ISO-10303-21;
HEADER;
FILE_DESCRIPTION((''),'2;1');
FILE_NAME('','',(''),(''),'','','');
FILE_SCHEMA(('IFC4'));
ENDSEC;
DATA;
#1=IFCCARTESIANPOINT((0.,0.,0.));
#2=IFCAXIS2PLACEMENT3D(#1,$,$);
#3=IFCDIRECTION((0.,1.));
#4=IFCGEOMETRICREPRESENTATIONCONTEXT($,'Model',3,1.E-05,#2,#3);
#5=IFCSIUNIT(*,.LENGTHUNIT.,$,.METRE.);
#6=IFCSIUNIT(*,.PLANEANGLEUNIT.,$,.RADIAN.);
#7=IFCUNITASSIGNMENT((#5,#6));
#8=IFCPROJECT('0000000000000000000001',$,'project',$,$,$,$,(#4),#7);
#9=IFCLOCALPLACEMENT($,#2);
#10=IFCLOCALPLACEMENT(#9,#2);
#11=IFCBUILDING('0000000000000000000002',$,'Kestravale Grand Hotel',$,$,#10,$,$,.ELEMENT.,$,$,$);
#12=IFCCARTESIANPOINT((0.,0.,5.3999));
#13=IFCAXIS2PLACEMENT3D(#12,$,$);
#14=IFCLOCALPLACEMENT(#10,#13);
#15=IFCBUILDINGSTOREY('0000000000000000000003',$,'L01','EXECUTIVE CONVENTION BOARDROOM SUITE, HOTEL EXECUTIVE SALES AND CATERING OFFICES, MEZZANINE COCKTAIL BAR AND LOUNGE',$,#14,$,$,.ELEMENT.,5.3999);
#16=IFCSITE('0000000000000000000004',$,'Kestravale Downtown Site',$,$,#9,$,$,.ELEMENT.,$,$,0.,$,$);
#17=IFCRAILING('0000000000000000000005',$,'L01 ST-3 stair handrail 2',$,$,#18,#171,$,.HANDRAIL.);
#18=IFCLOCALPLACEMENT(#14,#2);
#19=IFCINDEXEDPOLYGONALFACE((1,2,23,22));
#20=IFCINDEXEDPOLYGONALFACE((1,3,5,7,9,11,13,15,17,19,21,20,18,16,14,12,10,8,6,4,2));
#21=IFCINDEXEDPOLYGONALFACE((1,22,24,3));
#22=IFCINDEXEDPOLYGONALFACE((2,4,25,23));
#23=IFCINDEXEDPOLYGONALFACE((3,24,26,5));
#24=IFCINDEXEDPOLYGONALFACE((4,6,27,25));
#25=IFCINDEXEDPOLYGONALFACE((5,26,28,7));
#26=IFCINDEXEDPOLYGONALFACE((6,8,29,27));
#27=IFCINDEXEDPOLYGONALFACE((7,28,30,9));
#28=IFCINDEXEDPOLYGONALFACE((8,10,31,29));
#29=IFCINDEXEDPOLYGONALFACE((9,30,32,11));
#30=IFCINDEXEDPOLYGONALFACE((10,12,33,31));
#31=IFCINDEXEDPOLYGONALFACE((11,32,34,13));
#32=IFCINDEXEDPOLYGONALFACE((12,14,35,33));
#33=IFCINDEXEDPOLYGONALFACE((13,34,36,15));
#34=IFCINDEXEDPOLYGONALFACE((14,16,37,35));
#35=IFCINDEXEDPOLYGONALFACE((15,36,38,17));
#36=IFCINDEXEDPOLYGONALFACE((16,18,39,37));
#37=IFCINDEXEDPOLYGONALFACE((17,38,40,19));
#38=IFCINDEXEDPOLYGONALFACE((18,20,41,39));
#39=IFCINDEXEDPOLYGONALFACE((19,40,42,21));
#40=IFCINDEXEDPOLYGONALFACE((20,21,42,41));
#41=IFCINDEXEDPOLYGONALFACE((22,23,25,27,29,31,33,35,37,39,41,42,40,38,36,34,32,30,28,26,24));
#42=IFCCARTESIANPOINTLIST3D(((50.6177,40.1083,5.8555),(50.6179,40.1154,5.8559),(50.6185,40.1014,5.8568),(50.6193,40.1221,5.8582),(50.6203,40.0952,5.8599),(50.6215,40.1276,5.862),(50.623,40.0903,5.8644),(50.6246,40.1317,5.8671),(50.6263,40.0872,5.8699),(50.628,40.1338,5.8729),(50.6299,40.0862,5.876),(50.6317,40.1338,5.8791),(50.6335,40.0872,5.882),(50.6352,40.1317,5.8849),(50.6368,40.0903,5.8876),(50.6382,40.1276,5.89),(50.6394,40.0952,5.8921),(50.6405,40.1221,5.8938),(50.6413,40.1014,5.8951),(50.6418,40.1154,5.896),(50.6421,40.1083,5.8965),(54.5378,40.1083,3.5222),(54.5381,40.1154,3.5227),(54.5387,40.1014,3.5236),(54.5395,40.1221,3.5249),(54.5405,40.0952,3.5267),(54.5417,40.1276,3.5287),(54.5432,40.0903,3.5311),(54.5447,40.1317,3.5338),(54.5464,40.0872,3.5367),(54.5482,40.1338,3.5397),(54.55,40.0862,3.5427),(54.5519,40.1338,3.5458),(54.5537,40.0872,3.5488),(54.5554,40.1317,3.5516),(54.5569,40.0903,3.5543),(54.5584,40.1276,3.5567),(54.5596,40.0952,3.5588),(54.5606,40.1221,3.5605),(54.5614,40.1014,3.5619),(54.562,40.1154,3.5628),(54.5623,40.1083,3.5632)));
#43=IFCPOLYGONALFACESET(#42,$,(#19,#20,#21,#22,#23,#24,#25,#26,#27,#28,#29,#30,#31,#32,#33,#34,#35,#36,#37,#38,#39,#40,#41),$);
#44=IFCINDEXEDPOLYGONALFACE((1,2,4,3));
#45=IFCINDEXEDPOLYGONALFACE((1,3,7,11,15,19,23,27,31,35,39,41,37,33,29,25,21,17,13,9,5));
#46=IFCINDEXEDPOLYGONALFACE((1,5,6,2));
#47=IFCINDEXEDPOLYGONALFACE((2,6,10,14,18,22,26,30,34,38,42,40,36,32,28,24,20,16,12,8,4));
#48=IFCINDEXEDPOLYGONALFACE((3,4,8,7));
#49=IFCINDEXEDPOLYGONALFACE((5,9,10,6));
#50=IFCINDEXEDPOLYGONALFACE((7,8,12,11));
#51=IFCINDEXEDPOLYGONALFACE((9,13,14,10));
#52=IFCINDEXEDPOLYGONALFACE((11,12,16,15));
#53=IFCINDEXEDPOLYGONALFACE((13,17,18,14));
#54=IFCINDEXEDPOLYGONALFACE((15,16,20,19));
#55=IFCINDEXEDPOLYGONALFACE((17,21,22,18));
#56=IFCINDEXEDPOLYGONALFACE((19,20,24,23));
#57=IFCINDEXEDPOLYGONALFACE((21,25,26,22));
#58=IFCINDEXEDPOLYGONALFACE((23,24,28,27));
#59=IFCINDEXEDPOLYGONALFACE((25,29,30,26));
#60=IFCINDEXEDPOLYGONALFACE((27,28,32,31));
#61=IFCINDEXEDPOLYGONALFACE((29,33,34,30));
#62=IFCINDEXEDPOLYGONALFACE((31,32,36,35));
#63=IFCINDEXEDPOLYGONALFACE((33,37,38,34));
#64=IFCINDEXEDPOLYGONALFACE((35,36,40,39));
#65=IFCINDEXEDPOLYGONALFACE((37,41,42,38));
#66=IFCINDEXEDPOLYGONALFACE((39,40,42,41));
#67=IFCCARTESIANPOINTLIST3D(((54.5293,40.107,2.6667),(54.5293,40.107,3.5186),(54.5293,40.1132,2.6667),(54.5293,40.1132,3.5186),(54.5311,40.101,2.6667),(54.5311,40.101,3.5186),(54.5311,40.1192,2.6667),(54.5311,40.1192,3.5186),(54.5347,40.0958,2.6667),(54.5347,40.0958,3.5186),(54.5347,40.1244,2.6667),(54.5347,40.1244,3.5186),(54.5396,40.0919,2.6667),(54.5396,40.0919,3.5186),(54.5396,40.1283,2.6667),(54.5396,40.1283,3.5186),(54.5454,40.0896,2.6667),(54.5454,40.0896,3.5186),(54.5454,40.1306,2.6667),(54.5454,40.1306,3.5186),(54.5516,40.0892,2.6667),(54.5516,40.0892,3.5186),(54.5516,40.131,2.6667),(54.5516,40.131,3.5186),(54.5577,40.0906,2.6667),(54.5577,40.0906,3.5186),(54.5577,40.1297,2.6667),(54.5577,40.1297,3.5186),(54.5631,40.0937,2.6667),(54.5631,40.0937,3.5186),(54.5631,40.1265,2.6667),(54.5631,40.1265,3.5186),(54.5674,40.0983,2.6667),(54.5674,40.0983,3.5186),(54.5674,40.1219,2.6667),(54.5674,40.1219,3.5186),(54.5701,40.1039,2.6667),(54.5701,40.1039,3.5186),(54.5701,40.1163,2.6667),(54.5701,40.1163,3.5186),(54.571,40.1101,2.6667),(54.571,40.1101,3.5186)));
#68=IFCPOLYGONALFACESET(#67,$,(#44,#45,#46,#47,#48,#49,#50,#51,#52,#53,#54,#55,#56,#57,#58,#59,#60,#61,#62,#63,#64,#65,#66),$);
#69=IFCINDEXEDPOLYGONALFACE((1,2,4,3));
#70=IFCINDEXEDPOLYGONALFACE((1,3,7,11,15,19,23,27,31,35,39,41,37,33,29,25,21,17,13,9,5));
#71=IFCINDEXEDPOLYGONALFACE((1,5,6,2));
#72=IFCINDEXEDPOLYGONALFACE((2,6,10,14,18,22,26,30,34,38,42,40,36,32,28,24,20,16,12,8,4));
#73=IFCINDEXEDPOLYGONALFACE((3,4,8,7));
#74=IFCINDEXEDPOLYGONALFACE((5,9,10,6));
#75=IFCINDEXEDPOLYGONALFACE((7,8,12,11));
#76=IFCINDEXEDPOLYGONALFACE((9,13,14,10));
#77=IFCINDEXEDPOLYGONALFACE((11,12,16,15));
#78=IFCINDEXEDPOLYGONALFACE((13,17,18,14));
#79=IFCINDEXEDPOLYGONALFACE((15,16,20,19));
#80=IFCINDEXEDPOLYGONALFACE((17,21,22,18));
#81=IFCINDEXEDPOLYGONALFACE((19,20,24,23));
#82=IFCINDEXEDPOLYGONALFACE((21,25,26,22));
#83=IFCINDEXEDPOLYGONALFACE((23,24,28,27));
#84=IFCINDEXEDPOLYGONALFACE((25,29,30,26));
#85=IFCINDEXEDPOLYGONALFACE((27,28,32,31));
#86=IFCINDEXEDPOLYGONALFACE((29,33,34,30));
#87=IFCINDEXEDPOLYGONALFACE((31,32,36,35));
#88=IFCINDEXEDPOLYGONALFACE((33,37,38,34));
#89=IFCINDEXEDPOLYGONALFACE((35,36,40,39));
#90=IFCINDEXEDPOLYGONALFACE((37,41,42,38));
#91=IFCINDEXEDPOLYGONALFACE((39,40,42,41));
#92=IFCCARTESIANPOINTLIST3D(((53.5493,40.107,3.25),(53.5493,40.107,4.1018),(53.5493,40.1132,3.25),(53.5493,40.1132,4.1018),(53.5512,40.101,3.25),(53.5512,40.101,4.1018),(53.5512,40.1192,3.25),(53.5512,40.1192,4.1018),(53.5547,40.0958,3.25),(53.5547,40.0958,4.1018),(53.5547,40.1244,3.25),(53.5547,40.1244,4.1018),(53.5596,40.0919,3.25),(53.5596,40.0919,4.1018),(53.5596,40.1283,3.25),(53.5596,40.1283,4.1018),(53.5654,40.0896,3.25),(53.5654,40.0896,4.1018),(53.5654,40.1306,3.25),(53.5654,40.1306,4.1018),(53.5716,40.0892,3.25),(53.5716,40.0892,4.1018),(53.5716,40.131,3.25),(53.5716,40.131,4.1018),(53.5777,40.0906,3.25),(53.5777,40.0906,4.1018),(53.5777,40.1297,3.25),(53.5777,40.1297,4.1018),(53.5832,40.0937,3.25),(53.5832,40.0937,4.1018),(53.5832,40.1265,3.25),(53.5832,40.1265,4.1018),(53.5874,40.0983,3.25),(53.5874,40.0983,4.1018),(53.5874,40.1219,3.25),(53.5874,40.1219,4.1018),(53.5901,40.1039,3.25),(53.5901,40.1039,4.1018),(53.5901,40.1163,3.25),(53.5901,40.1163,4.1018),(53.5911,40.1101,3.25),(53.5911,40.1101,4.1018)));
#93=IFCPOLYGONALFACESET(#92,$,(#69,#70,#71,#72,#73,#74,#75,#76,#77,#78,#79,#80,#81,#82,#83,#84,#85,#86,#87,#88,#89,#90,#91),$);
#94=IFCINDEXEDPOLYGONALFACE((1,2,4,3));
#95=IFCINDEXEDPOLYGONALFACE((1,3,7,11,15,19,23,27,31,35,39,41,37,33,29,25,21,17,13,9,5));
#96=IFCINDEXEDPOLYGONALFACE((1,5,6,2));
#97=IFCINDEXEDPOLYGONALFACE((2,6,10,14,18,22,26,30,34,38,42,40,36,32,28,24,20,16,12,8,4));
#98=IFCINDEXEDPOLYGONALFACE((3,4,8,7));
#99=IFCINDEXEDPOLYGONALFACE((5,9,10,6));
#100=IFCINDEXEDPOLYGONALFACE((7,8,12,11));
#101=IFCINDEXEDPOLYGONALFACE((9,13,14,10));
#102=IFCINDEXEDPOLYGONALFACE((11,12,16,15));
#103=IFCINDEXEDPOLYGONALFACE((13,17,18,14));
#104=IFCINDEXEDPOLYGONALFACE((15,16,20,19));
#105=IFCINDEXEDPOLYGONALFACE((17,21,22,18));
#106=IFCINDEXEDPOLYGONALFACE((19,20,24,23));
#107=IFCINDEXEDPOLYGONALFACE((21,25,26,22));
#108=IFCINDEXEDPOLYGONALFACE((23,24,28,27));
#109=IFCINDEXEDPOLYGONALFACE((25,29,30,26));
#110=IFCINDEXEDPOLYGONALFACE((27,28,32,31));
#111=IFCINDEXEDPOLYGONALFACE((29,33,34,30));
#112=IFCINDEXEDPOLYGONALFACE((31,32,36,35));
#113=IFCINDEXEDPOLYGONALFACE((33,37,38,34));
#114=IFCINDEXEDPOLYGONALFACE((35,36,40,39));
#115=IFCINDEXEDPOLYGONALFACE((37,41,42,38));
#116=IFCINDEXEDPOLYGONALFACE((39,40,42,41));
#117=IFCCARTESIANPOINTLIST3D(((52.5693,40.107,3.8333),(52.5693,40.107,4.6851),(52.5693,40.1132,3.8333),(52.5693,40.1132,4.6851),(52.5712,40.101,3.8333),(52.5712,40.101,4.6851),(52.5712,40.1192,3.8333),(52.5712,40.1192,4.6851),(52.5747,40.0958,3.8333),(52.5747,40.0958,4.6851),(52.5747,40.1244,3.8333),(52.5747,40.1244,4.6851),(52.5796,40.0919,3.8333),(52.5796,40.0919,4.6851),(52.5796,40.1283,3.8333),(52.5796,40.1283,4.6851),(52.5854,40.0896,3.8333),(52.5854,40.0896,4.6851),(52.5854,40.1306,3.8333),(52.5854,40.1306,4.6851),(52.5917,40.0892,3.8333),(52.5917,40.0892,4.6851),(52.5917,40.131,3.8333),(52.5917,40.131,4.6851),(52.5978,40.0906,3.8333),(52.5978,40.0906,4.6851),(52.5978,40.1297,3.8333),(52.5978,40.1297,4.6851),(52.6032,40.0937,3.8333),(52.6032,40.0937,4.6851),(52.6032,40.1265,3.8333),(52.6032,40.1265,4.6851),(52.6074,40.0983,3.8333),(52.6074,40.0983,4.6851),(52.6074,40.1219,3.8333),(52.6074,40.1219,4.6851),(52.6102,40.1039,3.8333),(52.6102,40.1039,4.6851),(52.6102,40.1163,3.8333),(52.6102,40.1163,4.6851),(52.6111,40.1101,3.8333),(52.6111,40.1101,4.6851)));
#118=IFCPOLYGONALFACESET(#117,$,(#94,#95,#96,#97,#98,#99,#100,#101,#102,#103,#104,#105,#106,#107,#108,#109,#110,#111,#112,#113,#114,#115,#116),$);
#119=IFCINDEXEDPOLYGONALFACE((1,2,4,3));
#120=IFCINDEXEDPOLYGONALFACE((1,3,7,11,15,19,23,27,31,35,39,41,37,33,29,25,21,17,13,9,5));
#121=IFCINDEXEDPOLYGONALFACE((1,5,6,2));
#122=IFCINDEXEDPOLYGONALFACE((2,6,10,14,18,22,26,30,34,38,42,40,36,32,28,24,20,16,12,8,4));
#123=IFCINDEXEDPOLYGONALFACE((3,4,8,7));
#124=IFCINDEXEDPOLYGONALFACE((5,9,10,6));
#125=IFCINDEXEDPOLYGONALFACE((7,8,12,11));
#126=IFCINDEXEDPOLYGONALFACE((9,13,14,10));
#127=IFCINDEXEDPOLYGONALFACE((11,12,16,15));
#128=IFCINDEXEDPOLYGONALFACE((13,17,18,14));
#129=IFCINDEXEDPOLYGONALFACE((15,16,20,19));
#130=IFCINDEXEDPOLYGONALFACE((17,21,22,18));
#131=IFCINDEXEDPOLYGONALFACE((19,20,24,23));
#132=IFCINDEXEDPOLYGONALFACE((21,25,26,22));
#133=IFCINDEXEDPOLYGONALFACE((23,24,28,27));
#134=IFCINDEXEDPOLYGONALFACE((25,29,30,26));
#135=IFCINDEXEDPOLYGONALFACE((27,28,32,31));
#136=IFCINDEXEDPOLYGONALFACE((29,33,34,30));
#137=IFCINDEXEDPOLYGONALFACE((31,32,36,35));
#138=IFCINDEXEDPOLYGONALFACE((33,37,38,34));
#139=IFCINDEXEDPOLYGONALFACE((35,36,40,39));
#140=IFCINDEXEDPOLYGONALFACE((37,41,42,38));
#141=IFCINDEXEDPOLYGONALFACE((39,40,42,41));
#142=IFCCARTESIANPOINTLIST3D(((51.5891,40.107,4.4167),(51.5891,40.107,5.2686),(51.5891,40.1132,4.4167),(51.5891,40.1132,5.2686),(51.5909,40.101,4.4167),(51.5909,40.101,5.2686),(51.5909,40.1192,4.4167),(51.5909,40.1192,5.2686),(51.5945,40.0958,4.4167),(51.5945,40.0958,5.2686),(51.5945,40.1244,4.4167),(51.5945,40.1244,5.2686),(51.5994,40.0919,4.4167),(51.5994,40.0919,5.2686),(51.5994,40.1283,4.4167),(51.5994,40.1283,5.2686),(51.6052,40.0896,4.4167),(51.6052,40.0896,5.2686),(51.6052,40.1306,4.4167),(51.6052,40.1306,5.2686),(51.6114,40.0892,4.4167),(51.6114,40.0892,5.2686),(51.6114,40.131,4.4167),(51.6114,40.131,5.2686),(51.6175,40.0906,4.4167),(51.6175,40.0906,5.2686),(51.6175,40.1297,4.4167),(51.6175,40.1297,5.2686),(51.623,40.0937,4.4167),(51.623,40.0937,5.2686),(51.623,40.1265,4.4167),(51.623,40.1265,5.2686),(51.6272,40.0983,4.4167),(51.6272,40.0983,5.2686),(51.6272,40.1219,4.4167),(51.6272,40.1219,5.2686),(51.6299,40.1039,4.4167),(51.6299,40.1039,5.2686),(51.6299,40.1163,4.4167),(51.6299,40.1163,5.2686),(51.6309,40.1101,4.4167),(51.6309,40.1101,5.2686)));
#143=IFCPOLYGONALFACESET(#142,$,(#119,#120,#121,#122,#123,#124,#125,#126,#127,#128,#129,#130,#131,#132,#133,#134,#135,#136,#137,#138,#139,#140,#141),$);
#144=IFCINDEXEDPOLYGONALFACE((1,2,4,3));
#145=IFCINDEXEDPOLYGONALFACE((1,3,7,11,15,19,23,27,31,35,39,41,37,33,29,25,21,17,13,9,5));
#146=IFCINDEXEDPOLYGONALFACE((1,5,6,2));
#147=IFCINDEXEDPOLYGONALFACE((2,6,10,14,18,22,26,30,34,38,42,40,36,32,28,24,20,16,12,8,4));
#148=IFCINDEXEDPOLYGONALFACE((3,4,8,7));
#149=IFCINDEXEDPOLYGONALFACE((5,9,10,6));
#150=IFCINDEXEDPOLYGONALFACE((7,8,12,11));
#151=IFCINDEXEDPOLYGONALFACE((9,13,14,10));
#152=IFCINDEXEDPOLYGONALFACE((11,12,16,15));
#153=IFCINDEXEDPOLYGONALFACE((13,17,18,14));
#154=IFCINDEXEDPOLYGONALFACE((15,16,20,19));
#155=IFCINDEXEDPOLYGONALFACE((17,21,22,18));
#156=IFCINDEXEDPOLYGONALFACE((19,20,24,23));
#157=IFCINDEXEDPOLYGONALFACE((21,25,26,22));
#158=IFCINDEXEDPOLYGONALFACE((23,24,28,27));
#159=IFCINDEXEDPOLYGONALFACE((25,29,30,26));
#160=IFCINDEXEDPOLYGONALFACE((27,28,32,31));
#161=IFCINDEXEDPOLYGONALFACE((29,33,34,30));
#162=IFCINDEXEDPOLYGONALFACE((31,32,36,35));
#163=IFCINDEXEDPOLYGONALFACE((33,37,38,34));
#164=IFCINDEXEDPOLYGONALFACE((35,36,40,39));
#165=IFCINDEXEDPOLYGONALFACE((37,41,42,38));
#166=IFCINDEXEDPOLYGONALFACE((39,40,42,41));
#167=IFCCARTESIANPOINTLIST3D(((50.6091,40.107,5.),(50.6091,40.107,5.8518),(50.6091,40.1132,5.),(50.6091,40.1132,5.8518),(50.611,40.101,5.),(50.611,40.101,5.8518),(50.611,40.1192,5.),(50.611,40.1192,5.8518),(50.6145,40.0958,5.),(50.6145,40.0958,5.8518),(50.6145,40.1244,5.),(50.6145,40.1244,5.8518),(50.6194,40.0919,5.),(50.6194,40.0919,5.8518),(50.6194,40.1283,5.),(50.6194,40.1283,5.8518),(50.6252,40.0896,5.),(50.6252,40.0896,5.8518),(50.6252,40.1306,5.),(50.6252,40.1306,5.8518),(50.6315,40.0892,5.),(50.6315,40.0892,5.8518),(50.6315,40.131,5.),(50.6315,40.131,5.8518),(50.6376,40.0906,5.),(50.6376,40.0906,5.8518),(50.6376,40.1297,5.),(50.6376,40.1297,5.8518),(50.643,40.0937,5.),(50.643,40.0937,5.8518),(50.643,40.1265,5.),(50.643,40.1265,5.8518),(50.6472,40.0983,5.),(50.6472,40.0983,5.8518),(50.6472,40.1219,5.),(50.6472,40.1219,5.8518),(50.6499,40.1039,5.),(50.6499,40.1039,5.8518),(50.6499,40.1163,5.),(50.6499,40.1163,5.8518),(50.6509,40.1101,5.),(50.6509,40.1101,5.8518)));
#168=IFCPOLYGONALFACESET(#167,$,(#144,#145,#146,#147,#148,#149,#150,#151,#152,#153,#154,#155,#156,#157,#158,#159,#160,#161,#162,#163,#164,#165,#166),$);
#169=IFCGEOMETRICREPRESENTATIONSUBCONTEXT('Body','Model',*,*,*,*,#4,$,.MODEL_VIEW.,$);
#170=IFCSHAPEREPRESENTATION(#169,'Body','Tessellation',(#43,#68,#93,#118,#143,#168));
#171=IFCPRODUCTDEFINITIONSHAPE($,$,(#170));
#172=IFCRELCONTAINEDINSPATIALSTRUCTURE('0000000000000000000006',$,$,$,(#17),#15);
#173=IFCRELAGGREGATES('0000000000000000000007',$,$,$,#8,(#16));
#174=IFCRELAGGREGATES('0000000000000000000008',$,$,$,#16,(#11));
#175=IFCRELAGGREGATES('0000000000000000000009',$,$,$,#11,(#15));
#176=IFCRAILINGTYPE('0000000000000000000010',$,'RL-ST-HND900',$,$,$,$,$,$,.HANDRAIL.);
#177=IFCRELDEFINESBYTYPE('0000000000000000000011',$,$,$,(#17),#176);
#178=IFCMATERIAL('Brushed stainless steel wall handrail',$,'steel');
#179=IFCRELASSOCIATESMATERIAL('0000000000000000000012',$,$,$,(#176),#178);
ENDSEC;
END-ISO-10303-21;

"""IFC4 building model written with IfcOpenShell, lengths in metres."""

from ifc_helpers import new_model, si_unit, direction, frame, origin, origin_2d, place, context, subcontext, project, spatial, circle, extrude, material, type_object, element, save


model = new_model("IFC4")

# Units and contexts
model_context = context("Model", 3, precision=1e-05, world=origin(), true_north=direction((0.0, 1.0)))
body_context = subcontext(model_context, "Body", "Model", "MODEL_VIEW")
ifc_project = project(units=[si_unit("LENGTHUNIT", "METRE"), si_unit("PLANEANGLEUNIT", "RADIAN")], contexts=[model_context])

# Site, building, storey
site_placement = place(None, origin())
site = spatial("IfcSite", under=ifc_project, at=site_placement, Name="Kestravale Downtown Site", CompositionType="ELEMENT", RefElevation=0.0)
building_placement = place(site_placement, origin())
building = spatial("IfcBuilding", under=site, at=building_placement, Name="Kestravale Grand Hotel", CompositionType="ELEMENT")
storey_placement = place(building_placement, frame((0.0, 0.0, 5.3999)))
storey = spatial("IfcBuildingStorey", under=building, at=storey_placement, Name="L01", Description="EXECUTIVE CONVENTION BOARDROOM SUITE, HOTEL EXECUTIVE SALES AND CATERING OFFICES, MEZZANINE COCKTAIL BAR AND LOUNGE", CompositionType="ELEMENT", Elevation=5.3999)

# Railing
ifc_material_1 = material(Name="Brushed stainless steel wall handrail", Category="steel")
railing_type_1 = type_object("IfcRailingType", Name="RL-ST-HND900", PredefinedType="HANDRAIL", material=ifc_material_1)
railing_1_placement = place(storey_placement, frame((54.55, 40.1101, 2.6667)))
element("IfcRailing", 1, at=railing_1_placement, inside=storey, type_object=railing_type_1, Name="L01 ST-3 stair handrail 2", PredefinedType="HANDRAIL", context=body_context, shape_type="SweptSolid", body=[
    extrude(circle(Radius=0.0239, at=origin_2d()), frame((0.0, 0.0, 0.876), z_axis=(-0.85931, 0.0, 0.511455), x_axis=(0.0, -1.0, 0.0)), (0.0, 0.0, 1.0), 4.562),
    extrude(circle(Radius=0.021, at=origin_2d()), origin(), (0.0, 0.0, 1.0), 0.8518),
    extrude(circle(Radius=0.021, at=origin_2d()), frame((-0.98, 0.0, 0.5833)), (0.0, 0.0, 1.0), 0.8518),
    extrude(circle(Radius=0.021, at=origin_2d()), frame((-1.96, 0.0, 1.1665)), (0.0, 0.0, 1.0), 0.8518),
    extrude(circle(Radius=0.021, at=origin_2d()), frame((-2.9402, 0.0, 1.75)), (0.0, 0.0, 1.0), 0.8518),
    extrude(circle(Radius=0.021, at=origin_2d()), frame((-3.9202, 0.0, 2.3333)), (0.0, 0.0, 1.0), 0.8518),
])

save(model, "model.ifc")
